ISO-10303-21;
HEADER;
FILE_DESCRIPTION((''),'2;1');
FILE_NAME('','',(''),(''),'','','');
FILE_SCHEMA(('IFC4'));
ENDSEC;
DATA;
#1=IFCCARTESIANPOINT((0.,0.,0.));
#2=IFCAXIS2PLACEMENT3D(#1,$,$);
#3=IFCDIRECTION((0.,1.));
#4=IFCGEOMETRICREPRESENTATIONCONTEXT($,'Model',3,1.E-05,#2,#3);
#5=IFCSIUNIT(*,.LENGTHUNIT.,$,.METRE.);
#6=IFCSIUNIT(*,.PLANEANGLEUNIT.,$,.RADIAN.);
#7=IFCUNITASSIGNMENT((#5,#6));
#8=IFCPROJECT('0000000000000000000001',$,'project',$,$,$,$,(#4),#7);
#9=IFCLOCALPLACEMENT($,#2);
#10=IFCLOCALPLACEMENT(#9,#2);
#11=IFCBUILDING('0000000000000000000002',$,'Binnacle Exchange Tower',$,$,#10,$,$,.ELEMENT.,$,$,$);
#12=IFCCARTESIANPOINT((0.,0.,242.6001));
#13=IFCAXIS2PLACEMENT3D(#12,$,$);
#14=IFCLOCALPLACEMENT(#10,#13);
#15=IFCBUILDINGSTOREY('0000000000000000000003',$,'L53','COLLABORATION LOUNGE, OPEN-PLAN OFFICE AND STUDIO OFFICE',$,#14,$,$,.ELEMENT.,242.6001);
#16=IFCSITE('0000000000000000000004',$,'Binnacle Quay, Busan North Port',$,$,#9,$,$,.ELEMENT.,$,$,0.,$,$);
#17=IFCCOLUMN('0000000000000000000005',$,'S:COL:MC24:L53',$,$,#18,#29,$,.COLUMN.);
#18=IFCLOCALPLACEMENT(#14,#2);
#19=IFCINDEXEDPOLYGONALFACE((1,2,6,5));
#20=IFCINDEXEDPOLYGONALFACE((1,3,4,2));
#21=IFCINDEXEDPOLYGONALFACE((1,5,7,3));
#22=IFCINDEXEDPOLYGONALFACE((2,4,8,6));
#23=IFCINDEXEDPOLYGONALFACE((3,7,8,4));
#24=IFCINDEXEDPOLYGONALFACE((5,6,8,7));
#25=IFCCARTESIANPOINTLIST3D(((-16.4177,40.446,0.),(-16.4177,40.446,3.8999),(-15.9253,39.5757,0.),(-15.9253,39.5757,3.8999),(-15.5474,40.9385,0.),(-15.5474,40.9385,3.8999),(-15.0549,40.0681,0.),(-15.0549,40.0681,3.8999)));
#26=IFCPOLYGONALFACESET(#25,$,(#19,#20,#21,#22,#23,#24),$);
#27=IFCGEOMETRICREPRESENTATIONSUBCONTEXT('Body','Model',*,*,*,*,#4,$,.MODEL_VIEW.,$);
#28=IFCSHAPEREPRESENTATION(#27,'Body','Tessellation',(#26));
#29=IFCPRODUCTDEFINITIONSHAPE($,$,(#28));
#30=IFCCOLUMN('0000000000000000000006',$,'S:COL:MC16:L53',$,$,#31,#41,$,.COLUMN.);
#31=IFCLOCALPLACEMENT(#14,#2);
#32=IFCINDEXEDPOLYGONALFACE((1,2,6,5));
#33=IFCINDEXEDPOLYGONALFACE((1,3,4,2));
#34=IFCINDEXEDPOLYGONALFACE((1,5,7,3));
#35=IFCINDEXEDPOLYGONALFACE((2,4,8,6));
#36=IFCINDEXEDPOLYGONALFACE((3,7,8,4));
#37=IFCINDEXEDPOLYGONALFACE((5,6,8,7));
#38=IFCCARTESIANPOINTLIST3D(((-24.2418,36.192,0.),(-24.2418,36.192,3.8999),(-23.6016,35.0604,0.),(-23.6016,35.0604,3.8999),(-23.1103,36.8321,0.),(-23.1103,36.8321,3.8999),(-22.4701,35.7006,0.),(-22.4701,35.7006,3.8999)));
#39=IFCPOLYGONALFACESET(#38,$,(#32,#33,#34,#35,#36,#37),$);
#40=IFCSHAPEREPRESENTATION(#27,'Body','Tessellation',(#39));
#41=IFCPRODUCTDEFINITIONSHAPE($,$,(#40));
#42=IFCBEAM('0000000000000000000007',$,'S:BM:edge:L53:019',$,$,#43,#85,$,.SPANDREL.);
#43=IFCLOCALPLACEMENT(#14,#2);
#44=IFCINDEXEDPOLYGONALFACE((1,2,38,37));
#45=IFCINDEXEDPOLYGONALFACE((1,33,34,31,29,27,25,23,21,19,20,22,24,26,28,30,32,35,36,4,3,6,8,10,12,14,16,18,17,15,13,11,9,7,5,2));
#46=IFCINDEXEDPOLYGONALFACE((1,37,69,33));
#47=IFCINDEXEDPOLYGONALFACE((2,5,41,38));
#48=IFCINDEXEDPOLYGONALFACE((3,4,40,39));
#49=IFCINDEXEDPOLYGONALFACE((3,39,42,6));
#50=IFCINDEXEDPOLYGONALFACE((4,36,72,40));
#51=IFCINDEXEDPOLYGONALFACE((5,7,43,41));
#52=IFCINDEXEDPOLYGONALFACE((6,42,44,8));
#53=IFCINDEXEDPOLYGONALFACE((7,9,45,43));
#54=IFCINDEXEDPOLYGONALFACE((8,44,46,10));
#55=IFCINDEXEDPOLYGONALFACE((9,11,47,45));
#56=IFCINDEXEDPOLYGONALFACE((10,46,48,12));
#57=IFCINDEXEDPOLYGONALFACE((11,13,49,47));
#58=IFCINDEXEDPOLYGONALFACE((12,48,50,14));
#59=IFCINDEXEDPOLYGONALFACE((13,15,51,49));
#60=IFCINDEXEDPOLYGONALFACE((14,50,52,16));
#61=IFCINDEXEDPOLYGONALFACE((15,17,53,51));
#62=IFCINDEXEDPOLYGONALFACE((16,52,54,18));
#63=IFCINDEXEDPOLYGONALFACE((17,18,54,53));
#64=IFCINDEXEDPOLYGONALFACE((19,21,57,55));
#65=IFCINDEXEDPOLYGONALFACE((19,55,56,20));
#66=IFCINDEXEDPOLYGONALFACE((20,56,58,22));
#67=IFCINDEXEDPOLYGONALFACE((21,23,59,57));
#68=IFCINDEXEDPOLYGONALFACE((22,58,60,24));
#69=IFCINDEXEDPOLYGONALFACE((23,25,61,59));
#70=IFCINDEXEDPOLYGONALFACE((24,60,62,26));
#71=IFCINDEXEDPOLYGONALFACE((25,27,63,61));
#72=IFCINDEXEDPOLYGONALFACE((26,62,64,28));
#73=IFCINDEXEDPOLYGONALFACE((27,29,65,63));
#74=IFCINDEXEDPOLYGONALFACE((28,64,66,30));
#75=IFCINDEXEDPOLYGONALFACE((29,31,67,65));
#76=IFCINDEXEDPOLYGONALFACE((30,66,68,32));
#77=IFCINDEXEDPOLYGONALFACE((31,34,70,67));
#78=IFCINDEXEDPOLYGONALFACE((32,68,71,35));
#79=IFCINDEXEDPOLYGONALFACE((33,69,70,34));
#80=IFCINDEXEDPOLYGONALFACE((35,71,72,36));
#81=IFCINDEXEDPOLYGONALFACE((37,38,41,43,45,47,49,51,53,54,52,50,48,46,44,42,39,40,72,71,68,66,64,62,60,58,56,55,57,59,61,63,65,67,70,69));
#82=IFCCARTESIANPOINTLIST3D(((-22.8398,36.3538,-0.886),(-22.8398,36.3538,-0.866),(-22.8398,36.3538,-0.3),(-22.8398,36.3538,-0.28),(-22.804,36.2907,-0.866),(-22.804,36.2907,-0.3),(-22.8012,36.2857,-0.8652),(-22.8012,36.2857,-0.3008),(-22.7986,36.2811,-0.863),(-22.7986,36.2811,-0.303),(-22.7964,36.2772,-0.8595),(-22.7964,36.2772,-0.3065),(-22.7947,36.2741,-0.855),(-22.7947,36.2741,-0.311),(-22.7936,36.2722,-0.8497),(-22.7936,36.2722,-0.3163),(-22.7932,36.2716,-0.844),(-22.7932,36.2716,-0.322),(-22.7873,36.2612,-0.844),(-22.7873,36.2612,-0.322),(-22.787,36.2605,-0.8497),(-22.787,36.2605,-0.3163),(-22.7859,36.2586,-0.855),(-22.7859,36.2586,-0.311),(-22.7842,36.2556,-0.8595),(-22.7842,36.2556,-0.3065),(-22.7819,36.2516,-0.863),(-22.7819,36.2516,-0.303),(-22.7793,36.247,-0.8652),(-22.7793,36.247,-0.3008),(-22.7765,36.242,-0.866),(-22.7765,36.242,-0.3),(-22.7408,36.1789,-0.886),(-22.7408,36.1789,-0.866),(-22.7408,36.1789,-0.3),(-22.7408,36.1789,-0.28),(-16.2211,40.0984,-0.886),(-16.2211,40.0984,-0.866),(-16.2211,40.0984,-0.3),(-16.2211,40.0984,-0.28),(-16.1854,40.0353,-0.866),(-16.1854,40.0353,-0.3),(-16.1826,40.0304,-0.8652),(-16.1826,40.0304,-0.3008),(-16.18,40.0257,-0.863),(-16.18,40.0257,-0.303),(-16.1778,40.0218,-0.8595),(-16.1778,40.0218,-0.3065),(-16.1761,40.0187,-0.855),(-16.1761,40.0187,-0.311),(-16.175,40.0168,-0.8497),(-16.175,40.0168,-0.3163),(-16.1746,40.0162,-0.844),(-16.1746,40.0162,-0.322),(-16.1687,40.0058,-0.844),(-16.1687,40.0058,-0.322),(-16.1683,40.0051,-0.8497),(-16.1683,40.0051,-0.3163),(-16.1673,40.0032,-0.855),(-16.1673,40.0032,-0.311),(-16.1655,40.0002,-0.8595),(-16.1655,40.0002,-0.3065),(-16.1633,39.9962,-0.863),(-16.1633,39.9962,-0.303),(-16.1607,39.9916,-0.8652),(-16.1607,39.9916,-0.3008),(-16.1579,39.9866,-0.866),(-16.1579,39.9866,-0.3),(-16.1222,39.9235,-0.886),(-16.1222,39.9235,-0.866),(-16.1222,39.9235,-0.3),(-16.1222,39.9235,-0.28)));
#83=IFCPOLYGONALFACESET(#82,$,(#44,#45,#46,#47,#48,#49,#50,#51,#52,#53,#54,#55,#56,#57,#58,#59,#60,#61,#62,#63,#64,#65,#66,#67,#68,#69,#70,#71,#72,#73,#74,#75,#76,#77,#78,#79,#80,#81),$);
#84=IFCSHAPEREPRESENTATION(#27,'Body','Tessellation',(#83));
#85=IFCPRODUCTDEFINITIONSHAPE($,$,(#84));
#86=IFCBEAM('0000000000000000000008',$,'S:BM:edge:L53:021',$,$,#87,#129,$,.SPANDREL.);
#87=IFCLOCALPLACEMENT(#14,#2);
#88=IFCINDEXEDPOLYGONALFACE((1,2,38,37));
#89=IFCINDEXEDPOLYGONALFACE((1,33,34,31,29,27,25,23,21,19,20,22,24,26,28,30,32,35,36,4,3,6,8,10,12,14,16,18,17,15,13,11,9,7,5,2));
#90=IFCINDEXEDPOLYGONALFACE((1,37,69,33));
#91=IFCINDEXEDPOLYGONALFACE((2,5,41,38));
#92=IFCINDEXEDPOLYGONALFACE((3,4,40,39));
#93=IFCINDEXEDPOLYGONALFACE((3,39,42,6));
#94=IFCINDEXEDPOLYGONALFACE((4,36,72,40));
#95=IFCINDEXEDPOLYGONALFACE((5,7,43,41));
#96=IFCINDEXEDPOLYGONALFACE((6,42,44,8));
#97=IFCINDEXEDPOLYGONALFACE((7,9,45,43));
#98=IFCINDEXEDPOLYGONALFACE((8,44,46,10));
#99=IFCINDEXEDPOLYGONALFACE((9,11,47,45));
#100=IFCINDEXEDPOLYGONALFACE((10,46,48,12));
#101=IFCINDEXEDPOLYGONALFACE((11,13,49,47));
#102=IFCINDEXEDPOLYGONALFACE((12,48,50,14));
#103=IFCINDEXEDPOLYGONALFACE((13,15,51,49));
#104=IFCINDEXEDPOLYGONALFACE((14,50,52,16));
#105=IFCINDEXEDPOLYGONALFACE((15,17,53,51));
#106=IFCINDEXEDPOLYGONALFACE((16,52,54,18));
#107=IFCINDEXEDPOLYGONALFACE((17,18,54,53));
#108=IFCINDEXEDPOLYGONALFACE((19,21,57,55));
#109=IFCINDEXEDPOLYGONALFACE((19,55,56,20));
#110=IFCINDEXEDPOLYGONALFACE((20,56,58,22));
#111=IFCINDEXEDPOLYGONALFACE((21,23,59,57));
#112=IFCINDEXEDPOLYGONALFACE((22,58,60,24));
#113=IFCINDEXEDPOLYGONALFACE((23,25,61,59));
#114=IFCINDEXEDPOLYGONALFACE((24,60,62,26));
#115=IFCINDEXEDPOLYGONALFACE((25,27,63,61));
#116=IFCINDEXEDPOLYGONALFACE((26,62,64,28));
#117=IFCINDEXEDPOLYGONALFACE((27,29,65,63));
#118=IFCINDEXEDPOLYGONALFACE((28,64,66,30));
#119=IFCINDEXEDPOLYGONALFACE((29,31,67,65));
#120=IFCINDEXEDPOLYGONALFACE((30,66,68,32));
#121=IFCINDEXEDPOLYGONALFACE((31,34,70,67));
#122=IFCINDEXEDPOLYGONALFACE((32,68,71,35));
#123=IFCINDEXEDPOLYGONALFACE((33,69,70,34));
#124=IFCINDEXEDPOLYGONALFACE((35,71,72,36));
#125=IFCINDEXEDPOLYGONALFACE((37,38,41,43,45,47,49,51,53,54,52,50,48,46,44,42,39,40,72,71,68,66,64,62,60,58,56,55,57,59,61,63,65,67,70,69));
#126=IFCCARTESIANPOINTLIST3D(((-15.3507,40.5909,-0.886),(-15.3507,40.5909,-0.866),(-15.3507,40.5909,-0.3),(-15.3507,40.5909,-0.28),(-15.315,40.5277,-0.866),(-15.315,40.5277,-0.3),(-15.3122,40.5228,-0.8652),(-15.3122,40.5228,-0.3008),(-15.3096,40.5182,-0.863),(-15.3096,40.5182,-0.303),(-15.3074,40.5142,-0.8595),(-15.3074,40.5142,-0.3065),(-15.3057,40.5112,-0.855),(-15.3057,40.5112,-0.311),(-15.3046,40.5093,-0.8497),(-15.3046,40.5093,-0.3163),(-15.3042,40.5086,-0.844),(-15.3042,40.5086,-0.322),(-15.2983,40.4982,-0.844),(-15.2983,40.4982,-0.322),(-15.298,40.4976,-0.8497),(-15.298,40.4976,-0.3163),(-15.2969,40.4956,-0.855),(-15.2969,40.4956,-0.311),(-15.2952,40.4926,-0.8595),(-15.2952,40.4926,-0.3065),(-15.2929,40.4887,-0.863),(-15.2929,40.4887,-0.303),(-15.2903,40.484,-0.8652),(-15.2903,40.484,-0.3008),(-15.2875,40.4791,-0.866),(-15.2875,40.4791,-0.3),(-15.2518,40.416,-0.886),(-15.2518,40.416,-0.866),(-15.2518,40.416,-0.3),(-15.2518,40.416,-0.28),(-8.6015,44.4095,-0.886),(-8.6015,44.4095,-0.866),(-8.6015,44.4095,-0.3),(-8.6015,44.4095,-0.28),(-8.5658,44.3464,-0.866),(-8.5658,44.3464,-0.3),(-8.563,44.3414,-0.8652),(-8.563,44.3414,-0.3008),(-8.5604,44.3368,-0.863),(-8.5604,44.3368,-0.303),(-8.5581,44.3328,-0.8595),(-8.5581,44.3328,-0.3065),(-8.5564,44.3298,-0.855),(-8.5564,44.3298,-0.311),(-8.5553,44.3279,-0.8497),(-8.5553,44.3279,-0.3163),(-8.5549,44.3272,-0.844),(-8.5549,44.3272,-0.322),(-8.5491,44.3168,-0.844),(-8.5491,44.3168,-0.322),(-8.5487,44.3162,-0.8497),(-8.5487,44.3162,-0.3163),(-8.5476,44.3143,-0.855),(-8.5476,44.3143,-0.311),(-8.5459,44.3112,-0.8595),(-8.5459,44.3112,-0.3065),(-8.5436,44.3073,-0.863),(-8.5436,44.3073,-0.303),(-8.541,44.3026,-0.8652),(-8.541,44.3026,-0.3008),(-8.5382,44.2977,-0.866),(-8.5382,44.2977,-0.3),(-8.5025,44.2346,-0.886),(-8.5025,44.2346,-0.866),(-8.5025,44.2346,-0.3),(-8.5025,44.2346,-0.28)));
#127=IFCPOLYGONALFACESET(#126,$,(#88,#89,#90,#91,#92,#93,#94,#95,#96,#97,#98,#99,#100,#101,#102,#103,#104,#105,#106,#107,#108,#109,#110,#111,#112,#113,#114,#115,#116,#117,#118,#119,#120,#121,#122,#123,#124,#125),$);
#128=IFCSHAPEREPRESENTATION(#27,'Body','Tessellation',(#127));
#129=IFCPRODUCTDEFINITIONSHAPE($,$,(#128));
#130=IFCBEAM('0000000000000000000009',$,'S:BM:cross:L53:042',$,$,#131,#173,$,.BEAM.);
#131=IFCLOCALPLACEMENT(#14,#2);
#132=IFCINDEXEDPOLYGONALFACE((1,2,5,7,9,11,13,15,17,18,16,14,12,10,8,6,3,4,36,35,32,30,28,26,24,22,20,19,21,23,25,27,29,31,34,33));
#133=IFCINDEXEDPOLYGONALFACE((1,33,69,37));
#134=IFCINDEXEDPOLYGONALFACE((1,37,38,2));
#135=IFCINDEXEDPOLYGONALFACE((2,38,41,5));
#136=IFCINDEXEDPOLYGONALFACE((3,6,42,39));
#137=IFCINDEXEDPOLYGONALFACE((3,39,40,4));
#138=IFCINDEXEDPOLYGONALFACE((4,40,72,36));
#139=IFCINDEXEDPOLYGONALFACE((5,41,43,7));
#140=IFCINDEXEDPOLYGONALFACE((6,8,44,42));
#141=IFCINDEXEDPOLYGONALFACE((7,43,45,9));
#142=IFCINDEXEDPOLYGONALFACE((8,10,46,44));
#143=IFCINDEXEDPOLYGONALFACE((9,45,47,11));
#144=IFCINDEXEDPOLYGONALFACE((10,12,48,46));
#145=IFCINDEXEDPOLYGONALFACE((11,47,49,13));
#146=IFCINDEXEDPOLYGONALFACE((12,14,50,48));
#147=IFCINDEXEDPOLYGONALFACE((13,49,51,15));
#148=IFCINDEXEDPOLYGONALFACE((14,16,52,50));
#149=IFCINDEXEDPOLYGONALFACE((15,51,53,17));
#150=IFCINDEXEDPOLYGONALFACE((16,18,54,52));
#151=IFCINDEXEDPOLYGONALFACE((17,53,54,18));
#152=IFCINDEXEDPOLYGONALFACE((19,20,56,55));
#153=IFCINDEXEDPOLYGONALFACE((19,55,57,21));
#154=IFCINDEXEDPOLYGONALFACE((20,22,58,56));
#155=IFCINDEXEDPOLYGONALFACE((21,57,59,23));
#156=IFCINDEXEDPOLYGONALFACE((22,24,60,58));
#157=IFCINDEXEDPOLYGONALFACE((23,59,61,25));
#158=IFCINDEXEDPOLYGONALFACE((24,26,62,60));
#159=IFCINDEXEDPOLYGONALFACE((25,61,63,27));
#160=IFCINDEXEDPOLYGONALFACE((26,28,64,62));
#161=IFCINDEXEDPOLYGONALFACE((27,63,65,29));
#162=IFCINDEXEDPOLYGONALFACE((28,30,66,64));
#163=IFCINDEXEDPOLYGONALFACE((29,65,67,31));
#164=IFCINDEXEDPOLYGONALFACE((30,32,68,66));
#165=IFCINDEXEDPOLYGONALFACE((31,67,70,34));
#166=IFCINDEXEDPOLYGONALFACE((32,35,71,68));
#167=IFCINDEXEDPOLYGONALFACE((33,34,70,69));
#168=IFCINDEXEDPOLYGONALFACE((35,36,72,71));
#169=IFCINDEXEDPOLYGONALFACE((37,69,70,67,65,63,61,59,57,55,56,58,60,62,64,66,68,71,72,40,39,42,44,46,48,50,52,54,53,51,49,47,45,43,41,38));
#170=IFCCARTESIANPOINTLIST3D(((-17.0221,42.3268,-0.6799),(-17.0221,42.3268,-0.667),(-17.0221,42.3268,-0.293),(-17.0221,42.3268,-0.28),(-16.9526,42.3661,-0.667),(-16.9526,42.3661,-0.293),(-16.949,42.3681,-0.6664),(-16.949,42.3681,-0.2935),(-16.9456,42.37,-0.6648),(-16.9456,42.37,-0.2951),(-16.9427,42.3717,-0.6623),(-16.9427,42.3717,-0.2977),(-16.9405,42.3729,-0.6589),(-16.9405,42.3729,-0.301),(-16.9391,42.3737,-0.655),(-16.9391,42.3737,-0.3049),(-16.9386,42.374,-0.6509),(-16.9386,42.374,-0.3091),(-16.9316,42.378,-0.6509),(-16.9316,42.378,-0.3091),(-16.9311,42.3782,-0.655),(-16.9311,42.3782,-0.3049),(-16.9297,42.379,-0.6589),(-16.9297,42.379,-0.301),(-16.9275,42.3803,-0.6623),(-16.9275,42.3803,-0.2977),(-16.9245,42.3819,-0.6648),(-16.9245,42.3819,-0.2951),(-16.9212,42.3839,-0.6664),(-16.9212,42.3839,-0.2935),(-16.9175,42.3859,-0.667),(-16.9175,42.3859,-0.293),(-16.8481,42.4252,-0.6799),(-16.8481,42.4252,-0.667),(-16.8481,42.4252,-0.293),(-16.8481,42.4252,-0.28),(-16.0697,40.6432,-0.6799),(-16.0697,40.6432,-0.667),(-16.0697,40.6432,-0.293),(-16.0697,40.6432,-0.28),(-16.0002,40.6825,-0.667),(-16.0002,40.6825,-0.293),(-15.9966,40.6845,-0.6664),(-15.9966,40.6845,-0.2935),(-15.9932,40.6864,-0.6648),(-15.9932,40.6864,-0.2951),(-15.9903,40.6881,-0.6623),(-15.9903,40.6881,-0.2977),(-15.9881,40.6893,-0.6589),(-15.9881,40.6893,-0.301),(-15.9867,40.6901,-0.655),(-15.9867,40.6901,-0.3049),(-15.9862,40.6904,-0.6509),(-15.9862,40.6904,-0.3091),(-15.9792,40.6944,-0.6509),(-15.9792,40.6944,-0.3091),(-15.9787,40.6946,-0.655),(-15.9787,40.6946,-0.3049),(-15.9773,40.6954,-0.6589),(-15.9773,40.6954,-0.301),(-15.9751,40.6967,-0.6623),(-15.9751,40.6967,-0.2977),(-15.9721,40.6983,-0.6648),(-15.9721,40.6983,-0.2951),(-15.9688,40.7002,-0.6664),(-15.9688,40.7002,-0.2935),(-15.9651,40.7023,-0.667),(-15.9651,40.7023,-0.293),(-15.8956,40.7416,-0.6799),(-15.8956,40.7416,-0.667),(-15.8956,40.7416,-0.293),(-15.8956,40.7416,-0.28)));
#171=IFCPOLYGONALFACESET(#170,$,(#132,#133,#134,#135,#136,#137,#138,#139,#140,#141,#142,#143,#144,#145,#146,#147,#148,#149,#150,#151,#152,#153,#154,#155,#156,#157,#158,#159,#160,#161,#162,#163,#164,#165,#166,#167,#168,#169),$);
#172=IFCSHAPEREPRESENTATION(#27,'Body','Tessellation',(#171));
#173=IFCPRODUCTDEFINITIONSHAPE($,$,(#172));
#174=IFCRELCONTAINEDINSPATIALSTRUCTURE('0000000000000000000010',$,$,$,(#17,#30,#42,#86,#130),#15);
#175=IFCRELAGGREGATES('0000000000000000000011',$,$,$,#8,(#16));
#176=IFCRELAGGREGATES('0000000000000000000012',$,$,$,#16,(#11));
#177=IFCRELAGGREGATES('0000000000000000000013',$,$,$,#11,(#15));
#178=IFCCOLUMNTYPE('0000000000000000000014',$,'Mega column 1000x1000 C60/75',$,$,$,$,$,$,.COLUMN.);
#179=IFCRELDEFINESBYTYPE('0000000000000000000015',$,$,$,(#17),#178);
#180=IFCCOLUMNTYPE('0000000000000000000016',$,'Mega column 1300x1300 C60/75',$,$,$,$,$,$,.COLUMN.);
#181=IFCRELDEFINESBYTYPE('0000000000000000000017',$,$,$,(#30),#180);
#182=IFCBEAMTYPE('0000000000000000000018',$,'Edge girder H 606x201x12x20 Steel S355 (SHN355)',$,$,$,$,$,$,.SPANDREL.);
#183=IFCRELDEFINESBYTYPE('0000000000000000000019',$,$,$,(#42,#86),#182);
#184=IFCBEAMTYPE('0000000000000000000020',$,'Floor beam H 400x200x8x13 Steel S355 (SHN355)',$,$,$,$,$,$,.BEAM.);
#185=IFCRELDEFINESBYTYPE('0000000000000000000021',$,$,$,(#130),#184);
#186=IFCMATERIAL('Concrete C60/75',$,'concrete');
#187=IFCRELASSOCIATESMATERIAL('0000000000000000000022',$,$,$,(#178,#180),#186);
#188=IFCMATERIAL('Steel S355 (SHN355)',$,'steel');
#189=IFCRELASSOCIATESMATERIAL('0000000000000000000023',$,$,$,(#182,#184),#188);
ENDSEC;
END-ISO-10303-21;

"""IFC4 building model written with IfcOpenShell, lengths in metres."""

from ifc_helpers import new_model, si_unit, direction, frame, origin, origin_2d, place, context, subcontext, project, spatial, rectangle, i_section, extrude, material, material_profile, profile_set, type_object, element, save


model = new_model("IFC4")

# Units and contexts
model_context = context("Model", 3, precision=1e-05, world=origin(), true_north=direction((0.0, 1.0)))
body_context = subcontext(model_context, "Body", "Model", "MODEL_VIEW")
ifc_project = project(units=[si_unit("LENGTHUNIT", "METRE"), si_unit("PLANEANGLEUNIT", "RADIAN")], contexts=[model_context])

# Site, building, storey
site_placement = place(None, origin())
site = spatial("IfcSite", under=ifc_project, at=site_placement, Name="Binnacle Quay, Busan North Port", CompositionType="ELEMENT", RefElevation=0.0)
building_placement = place(site_placement, origin())
building = spatial("IfcBuilding", under=site, at=building_placement, Name="Binnacle Exchange Tower", CompositionType="ELEMENT")
storey_placement = place(building_placement, frame((0.0, 0.0, 242.6001)))
storey = spatial("IfcBuildingStorey", under=building, at=storey_placement, Name="L53", Description="COLLABORATION LOUNGE, OPEN-PLAN OFFICE AND STUDIO OFFICE", CompositionType="ELEMENT", Elevation=242.6001)

# Columns
ifc_material_1 = material(Name="Concrete C60/75", Category="concrete")
ifc_material_profile_1 = material_profile(ifc_material_1, rectangle(XDim=1.0, YDim=1.0, at=origin_2d()), Name="Mega column 1000x1000 C60/75")
ifc_profile_set_1 = profile_set([ifc_material_profile_1], Name="Concrete C60/75")
column_type_1 = type_object("IfcColumnType", Name="Mega column 1000x1000 C60/75", PredefinedType="COLUMN", material=ifc_profile_set_1)
column_1_placement = place(storey_placement, frame((-15.7363, 40.2571, 0.0), z_axis=(0.0, 0.0, 1.0), x_axis=(0.870356, 0.492424, 0.0)))
element("IfcColumn", 1, at=column_1_placement, inside=storey, type_object=column_type_1, Name="S:COL:MC24:L53", PredefinedType="COLUMN", context=body_context, shape_type="SweptSolid", body=[
    extrude(rectangle(XDim=1.0, YDim=1.0, at=origin_2d()), origin(), (0.0, 0.0, 1.0), 3.8999),
])
ifc_material_profile_2 = material_profile(ifc_material_1, rectangle(XDim=1.3, YDim=1.3, at=origin_2d()), Name="Mega column 1300x1300 C60/75")
ifc_profile_set_2 = profile_set([ifc_material_profile_2], Name="Concrete C60/75")
column_type_2 = type_object("IfcColumnType", Name="Mega column 1300x1300 C60/75", PredefinedType="COLUMN", material=ifc_profile_set_2)
column_2_placement = place(storey_placement, frame((-23.356, 35.9463, 0.0), z_axis=(0.0, 0.0, 1.0), x_axis=(0.870356, 0.492424, 0.0)))
element("IfcColumn", 2, at=column_2_placement, inside=storey, type_object=column_type_2, Name="S:COL:MC16:L53", PredefinedType="COLUMN", context=body_context, shape_type="SweptSolid", body=[
    extrude(rectangle(XDim=1.3, YDim=1.3, at=origin_2d()), origin(), (0.0, 0.0, 1.0), 3.8999),
])

# Beams
ifc_material_2 = material(Name="Steel S355 (SHN355)", Category="steel")
ifc_material_profile_3 = material_profile(ifc_material_2, i_section(OverallWidth=0.2009, OverallDepth=0.606, WebThickness=0.012, FlangeThickness=0.02, FilletRadius=0.022, at=origin_2d()), Name="H 606x201x12x20")
ifc_profile_set_3 = profile_set([ifc_material_profile_3], Name="Steel S355 (SHN355)")
beam_type_1 = type_object("IfcBeamType", Name="Edge girder H 606x201x12x20 Steel S355 (SHN355)", PredefinedType="SPANDREL", material=ifc_profile_set_3)
beam_1_placement = place(storey_placement, frame((-22.7903, 36.2664, -0.583), z_axis=(0.870357, 0.492421, 0.0), x_axis=(-0.492421, 0.870357, 0.0)))
element("IfcBeam", 3, at=beam_1_placement, inside=storey, type_object=beam_type_1, Name="S:BM:edge:L53:019", PredefinedType="SPANDREL", context=body_context, shape_type="SweptSolid", body=[
    extrude(i_section(OverallWidth=0.2009, OverallDepth=0.606, WebThickness=0.012, FlangeThickness=0.02, FilletRadius=0.022, at=origin_2d()), origin(), (0.0, 0.0, 1.0), 7.6045),
])
beam_2_placement = place(storey_placement, frame((-15.3013, 40.5034, -0.583), z_axis=(0.870353, 0.492429, 0.0), x_axis=(-0.492429, 0.870353, 0.0)))
element("IfcBeam", 4, at=beam_2_placement, inside=storey, type_object=beam_type_1, Name="S:BM:edge:L53:021", PredefinedType="SPANDREL", context=body_context, shape_type="SweptSolid", body=[
    extrude(i_section(OverallWidth=0.2009, OverallDepth=0.606, WebThickness=0.012, FlangeThickness=0.02, FilletRadius=0.022, at=origin_2d()), origin(), (0.0, 0.0, 1.0), 7.7546),
])
ifc_material_profile_4 = material_profile(ifc_material_2, i_section(OverallWidth=0.2, OverallDepth=0.3999, WebThickness=0.0081, FlangeThickness=0.0129, FilletRadius=0.0161, at=origin_2d()), Name="H 400x200x8x13")
ifc_profile_set_4 = profile_set([ifc_material_profile_4], Name="Steel S355 (SHN355)")
beam_type_2 = type_object("IfcBeamType", Name="Floor beam H 400x200x8x13 Steel S355 (SHN355)", PredefinedType="BEAM", material=ifc_profile_set_4)
beam_3_placement = place(storey_placement, frame((-15.9827, 40.6924, -0.48), z_axis=(-0.492369, 0.870386, 0.0), x_axis=(-0.870386, -0.492369, 0.0)))
element("IfcBeam", 5, at=beam_3_placement, inside=storey, type_object=beam_type_2, Name="S:BM:cross:L53:042", PredefinedType="BEAM", context=body_context, shape_type="SweptSolid", body=[
    extrude(i_section(OverallWidth=0.2, OverallDepth=0.3999, WebThickness=0.0081, FlangeThickness=0.0129, FilletRadius=0.0161, at=origin_2d()), origin(), (0.0, 0.0, 1.0), 1.9343),
])

save(model, "model.ifc")
